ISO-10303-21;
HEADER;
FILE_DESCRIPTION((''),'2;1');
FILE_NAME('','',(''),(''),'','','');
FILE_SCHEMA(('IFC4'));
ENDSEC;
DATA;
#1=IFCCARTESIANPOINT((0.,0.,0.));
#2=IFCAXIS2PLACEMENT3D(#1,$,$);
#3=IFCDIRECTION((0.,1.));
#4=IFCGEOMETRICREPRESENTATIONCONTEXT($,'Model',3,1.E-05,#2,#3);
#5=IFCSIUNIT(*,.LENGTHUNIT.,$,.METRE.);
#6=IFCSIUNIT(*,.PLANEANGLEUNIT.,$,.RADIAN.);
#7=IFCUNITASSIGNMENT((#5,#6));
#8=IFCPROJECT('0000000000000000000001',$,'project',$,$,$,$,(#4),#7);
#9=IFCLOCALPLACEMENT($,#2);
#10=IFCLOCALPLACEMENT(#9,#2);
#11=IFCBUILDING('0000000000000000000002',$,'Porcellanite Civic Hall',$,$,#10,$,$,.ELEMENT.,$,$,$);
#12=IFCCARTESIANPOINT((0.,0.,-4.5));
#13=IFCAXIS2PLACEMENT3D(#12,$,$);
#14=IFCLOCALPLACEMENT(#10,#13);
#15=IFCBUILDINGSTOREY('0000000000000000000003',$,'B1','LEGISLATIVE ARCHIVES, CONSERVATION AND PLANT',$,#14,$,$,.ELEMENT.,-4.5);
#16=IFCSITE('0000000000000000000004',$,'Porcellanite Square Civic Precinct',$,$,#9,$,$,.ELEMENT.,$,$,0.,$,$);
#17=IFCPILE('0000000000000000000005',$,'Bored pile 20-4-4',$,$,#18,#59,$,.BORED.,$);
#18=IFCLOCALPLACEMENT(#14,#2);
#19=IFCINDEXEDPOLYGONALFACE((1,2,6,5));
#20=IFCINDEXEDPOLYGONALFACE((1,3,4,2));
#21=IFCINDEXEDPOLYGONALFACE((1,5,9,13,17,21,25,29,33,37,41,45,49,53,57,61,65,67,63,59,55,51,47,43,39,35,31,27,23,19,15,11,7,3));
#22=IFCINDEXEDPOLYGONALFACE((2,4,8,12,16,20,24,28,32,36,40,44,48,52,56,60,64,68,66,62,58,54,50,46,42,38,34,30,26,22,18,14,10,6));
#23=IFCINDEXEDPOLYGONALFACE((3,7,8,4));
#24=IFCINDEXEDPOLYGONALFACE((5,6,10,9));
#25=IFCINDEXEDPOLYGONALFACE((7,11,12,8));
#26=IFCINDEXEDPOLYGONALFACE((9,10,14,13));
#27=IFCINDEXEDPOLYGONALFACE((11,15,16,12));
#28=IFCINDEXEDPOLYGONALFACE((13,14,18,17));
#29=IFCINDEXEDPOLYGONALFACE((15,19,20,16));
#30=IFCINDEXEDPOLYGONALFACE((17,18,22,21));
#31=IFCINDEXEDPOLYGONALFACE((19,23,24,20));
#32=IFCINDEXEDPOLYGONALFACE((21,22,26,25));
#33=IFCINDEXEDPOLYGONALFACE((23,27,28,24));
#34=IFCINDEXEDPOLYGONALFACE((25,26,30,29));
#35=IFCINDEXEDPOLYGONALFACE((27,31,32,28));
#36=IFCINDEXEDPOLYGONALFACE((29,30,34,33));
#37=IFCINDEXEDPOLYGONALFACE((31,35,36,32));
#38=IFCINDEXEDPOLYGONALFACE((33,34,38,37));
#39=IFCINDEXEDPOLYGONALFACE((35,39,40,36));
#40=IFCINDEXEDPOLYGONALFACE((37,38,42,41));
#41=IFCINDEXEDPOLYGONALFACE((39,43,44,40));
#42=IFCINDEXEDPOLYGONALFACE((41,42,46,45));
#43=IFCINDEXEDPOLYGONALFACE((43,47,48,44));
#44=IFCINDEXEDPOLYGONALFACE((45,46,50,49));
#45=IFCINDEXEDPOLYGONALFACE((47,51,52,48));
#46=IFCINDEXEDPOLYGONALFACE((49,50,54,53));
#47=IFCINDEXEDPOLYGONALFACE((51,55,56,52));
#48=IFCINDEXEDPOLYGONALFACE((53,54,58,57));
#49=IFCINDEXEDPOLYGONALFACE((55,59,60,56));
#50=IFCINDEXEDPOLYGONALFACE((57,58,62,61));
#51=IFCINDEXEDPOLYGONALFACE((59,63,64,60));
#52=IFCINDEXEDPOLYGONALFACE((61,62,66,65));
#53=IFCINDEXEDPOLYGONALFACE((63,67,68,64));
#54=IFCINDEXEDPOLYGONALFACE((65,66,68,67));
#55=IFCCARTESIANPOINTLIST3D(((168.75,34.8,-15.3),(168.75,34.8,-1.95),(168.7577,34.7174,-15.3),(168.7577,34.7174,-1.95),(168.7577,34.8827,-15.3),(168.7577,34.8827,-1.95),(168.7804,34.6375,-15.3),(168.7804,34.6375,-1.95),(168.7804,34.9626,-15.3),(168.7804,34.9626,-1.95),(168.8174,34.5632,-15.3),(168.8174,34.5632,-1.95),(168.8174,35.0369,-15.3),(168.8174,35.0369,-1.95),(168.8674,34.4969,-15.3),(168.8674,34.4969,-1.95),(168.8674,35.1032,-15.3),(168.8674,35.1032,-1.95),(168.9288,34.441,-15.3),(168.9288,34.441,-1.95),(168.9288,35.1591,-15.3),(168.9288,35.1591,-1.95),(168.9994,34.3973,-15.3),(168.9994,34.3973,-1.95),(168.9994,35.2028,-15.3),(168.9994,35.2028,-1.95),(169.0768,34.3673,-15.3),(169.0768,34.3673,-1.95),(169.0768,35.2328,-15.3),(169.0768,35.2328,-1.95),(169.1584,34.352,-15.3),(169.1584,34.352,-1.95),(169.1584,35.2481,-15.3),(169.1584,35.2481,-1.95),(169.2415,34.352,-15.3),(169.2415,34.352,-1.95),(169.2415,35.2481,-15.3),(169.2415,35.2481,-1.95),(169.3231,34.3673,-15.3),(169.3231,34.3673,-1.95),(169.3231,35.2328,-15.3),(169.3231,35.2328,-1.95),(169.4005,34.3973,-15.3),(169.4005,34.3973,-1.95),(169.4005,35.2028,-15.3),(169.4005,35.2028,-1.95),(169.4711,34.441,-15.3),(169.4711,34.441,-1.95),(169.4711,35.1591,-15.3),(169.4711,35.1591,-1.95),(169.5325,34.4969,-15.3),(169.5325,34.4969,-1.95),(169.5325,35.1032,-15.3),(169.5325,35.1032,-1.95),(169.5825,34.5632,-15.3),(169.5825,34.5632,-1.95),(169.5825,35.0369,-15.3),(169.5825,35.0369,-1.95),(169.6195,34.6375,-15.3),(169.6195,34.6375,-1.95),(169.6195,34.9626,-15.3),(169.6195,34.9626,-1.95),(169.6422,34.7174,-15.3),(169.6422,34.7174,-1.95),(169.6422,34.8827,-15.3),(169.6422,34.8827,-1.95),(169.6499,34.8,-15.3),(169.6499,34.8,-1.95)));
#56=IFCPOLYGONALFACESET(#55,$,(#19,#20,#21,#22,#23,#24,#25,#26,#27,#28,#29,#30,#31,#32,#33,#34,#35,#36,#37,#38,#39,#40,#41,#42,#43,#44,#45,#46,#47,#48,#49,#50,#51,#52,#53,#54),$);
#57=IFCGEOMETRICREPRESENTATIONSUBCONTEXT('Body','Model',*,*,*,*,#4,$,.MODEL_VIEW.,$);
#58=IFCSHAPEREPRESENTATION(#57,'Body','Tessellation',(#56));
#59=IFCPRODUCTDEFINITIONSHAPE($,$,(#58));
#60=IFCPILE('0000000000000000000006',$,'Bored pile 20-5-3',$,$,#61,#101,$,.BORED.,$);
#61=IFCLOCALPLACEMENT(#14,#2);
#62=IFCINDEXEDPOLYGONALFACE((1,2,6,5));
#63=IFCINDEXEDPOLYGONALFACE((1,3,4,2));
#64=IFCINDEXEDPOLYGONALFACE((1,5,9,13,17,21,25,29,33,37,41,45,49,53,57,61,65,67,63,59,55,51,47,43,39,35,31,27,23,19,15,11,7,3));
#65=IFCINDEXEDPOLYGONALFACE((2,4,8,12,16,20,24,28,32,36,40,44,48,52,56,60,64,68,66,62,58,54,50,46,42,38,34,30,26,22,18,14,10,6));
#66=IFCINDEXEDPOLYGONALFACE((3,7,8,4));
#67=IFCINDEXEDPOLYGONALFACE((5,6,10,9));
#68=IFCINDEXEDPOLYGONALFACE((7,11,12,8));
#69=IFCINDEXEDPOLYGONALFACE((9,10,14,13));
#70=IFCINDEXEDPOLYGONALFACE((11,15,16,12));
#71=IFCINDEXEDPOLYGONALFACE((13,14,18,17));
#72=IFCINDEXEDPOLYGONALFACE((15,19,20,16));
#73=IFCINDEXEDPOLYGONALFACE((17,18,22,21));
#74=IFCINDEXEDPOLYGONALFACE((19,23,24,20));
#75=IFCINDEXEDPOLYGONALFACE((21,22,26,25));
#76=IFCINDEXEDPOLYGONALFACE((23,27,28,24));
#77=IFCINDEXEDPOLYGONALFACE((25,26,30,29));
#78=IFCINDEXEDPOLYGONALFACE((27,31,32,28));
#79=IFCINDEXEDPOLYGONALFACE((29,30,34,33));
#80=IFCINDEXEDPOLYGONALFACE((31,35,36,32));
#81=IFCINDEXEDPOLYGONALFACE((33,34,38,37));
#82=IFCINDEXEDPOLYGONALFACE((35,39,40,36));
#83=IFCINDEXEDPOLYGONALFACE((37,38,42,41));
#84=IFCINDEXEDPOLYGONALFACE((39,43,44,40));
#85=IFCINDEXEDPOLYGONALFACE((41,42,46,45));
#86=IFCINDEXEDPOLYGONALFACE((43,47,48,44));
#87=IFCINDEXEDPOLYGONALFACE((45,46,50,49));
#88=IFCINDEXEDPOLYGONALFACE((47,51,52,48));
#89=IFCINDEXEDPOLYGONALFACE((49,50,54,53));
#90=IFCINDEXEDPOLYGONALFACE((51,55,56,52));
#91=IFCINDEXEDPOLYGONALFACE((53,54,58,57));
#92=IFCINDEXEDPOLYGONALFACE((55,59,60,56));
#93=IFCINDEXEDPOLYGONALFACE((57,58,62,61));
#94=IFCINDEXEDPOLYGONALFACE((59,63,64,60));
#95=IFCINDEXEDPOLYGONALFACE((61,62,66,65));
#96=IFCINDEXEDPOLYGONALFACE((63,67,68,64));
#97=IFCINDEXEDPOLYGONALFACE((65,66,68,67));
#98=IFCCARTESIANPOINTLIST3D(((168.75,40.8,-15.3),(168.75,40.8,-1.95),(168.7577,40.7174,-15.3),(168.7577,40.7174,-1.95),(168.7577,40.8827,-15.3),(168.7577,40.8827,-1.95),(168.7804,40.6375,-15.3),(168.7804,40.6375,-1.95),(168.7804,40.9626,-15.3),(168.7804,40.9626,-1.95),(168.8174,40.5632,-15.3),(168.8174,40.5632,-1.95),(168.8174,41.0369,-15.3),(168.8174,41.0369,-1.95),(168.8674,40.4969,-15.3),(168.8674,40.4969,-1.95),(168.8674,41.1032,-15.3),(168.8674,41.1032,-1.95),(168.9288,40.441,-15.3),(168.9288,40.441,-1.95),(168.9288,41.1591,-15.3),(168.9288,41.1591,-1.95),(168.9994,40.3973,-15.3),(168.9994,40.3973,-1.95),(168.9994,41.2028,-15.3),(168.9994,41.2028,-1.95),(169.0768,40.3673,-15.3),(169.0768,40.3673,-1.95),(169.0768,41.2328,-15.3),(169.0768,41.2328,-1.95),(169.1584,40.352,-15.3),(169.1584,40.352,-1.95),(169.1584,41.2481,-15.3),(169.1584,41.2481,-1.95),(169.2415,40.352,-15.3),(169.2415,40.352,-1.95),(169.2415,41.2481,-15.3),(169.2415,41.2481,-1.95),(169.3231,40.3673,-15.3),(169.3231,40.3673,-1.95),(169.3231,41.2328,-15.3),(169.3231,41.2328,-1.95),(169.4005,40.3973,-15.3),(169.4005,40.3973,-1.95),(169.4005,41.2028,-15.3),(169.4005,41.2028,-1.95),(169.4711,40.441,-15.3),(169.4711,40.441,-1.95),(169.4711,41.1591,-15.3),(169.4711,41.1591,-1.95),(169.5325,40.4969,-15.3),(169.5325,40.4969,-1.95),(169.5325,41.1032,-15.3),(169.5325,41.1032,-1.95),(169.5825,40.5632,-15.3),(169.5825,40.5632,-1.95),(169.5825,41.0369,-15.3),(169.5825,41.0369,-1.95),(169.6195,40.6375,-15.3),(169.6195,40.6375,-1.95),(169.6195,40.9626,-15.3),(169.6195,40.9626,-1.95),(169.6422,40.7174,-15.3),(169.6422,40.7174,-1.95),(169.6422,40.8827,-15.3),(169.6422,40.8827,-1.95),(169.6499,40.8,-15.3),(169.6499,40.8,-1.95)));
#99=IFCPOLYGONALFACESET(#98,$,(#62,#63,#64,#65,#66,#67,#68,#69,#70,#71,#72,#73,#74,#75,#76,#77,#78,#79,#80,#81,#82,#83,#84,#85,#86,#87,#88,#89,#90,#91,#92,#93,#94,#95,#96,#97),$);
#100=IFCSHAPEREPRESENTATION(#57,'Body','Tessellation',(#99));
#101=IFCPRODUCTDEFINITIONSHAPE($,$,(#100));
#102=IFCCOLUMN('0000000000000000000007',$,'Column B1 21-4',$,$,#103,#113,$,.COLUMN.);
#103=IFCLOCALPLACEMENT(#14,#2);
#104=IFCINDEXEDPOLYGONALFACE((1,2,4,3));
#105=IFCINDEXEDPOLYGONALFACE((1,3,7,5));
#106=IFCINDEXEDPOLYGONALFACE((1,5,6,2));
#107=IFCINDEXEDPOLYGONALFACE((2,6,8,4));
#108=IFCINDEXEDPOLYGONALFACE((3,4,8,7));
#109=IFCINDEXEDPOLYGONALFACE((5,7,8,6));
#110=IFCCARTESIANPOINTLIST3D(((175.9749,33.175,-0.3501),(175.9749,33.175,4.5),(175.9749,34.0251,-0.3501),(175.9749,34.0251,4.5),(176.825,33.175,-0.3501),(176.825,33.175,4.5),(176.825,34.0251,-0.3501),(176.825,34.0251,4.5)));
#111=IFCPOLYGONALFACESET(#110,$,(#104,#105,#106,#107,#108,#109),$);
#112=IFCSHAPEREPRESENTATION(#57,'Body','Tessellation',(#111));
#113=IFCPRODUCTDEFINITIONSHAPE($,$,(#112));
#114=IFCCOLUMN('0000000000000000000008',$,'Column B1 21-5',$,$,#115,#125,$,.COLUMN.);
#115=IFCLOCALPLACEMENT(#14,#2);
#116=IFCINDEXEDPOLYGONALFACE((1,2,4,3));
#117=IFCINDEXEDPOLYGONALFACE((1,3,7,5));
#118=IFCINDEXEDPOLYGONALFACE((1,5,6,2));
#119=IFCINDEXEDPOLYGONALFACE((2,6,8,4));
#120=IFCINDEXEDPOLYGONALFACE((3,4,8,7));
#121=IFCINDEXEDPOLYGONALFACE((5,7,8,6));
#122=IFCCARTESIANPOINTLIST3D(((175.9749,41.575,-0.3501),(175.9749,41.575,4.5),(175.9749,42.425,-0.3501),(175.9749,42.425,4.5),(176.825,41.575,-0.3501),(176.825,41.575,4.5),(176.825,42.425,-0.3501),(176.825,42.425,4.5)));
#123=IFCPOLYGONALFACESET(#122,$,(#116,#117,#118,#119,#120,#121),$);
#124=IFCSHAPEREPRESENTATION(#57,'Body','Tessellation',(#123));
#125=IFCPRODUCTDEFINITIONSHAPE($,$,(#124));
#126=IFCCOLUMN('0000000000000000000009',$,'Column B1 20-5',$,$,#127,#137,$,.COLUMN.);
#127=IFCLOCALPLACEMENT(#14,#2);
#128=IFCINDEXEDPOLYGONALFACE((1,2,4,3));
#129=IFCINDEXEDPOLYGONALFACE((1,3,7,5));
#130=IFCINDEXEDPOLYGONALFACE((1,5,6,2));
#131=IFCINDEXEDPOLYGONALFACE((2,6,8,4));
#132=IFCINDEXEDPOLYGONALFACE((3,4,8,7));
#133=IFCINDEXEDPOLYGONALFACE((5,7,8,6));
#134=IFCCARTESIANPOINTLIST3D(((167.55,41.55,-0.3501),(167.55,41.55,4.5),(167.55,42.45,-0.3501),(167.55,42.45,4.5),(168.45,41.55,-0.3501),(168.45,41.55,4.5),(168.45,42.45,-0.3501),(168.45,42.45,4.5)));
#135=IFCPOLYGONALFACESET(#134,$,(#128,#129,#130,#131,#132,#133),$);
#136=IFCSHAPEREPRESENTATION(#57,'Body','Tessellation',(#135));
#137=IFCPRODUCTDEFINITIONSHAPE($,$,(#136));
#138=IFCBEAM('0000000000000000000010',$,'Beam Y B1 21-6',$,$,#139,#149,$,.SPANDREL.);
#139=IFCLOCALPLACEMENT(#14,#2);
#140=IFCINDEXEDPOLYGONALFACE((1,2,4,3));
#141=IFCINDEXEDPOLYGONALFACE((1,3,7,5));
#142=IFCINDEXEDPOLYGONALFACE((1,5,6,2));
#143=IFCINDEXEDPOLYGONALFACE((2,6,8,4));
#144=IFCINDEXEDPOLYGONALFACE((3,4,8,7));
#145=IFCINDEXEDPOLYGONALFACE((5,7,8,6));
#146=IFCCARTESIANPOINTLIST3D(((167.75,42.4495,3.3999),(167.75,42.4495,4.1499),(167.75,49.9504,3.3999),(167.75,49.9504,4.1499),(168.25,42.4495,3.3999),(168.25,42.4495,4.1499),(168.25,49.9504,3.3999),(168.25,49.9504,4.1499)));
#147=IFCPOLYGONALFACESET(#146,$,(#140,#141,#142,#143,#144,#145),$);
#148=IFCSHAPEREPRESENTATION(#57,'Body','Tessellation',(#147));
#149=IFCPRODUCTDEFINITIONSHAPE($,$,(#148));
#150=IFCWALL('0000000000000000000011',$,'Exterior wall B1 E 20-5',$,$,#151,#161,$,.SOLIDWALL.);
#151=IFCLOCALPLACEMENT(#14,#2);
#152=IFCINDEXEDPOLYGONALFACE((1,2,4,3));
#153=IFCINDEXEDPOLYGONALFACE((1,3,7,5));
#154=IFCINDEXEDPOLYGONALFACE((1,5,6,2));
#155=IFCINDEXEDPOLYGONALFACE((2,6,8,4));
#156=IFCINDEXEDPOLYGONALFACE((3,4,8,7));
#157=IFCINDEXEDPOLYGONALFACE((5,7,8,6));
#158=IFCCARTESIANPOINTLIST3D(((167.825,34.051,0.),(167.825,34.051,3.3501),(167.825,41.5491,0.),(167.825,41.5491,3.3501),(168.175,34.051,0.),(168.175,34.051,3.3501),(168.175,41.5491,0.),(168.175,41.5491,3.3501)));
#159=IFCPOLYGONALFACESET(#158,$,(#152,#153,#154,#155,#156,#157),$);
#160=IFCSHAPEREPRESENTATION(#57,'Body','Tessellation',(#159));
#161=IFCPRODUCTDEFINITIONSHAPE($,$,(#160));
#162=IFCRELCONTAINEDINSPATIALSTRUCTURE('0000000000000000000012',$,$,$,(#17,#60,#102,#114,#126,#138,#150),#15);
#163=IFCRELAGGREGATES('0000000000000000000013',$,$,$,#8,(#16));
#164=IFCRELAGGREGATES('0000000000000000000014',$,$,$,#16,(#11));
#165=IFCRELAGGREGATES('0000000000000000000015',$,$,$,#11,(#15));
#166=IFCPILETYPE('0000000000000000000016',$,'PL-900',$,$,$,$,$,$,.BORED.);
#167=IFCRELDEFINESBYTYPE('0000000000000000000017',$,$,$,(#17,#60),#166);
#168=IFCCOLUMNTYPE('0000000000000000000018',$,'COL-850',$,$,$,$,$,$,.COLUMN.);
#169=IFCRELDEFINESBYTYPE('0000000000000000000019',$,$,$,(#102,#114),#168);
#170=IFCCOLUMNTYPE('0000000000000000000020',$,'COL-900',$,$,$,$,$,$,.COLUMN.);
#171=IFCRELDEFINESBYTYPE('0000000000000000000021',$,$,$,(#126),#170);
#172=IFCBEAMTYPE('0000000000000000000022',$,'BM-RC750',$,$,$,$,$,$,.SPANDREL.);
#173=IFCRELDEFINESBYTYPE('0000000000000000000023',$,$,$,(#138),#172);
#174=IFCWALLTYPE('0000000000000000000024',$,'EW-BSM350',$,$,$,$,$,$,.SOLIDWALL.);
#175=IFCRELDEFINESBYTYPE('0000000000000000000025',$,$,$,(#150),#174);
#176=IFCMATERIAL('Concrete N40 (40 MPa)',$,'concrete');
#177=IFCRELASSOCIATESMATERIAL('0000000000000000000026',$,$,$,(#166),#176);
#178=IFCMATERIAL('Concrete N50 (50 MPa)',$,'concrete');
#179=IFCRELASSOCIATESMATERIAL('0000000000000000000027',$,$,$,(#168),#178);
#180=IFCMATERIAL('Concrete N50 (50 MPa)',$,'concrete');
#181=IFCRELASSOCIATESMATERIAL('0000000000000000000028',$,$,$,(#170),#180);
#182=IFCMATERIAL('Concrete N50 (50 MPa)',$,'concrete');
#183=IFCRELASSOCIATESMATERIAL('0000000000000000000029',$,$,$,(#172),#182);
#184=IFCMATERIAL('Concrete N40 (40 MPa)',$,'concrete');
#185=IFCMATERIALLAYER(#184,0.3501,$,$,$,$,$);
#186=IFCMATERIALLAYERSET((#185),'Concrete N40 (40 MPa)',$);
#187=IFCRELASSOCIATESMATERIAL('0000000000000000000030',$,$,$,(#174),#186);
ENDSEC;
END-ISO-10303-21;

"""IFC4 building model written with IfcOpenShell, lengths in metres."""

from ifc_helpers import new_model, si_unit, direction, frame, frame_2d, origin, origin_2d, place, context, subcontext, project, spatial, rectangle, circle, extrude, material, layer, layer_set, material_profile, profile_set, type_object, element, save


model = new_model("IFC4")

# Units and contexts
model_context = context("Model", 3, precision=1e-05, world=origin(), true_north=direction((0.0, 1.0)))
body_context = subcontext(model_context, "Body", "Model", "MODEL_VIEW")
ifc_project = project(units=[si_unit("LENGTHUNIT", "METRE"), si_unit("PLANEANGLEUNIT", "RADIAN")], contexts=[model_context])

# Site, building, storey
site_placement = place(None, origin())
site = spatial("IfcSite", under=ifc_project, at=site_placement, Name="Porcellanite Square Civic Precinct", CompositionType="ELEMENT", RefElevation=0.0)
building_placement = place(site_placement, origin())
building = spatial("IfcBuilding", under=site, at=building_placement, Name="Porcellanite Civic Hall", CompositionType="ELEMENT")
storey_placement = place(building_placement, frame((0.0, 0.0, -4.5)))
storey = spatial("IfcBuildingStorey", under=building, at=storey_placement, Name="B1", Description="LEGISLATIVE ARCHIVES, CONSERVATION AND PLANT", CompositionType="ELEMENT", Elevation=-4.5)

# Piles
ifc_material_1 = material(Name="Concrete N40 (40 MPa)", Category="concrete")
ifc_material_profile_1 = material_profile(ifc_material_1, circle(Radius=0.45, at=origin_2d()), Name="PILE-D900")
ifc_profile_set_1 = profile_set([ifc_material_profile_1], Name="Concrete N40 (40 MPa)")
pile_type_1 = type_object("IfcPileType", Name="PL-900", PredefinedType="BORED", material=ifc_profile_set_1)
for number, where, z_axis, x_axis, name in (
    (1, (169.2, 34.8, -1.95), (0.0, 0.0, -1.0), (1.0, 0.0, 0.0), "Bored pile 20-4-4"),
    (2, (169.2, 40.8, -1.95), (0.0, 0.0, -1.0), (1.0, 0.0, 0.0), "Bored pile 20-5-3"),
):
    element("IfcPile", number, at=place(storey_placement, frame(where, z_axis=z_axis, x_axis=x_axis)), inside=storey, type_object=pile_type_1, Name=name, PredefinedType="BORED", context=body_context, shape_type="SweptSolid", body=[
        extrude(circle(Radius=0.45, at=origin_2d()), origin(), (0.0, 0.0, 1.0), 13.3501),
    ])

# Columns
ifc_material_2 = material(Name="Concrete N50 (50 MPa)", Category="concrete")
ifc_material_profile_2 = material_profile(ifc_material_2, rectangle(XDim=0.8501, YDim=0.8501, at=origin_2d()), Name="RC-850x850")
ifc_profile_set_2 = profile_set([ifc_material_profile_2], Name="Concrete N50 (50 MPa)")
column_type_1 = type_object("IfcColumnType", Name="COL-850", PredefinedType="COLUMN", material=ifc_profile_set_2)
for number, where, z_axis, x_axis, name in (
    (3, (176.3999, 33.6001, -0.3501), (0.0, 0.0, 1.0), (1.0, 0.0, 0.0), "Column B1 21-4"),
    (4, (176.3999, 42.0, -0.3501), (0.0, 0.0, 1.0), (1.0, 0.0, 0.0), "Column B1 21-5"),
):
    element("IfcColumn", number, at=place(storey_placement, frame(where, z_axis=z_axis, x_axis=x_axis)), inside=storey, type_object=column_type_1, Name=name, PredefinedType="COLUMN", context=body_context, shape_type="SweptSolid", body=[
        extrude(rectangle(XDim=0.8501, YDim=0.8501, at=origin_2d()), origin(), (0.0, 0.0, 1.0), 4.8501),
    ])
ifc_material_3 = material(Name="Concrete N50 (50 MPa)", Category="concrete")
ifc_material_profile_3 = material_profile(ifc_material_3, rectangle(XDim=0.8999, YDim=0.8999, at=origin_2d()), Name="RC-900x900")
ifc_profile_set_3 = profile_set([ifc_material_profile_3], Name="Concrete N50 (50 MPa)")
column_type_2 = type_object("IfcColumnType", Name="COL-900", PredefinedType="COLUMN", material=ifc_profile_set_3)
column_placement = place(storey_placement, frame((168.0, 42.0, -0.3501), z_axis=(0.0, 0.0, 1.0), x_axis=(1.0, 0.0, 0.0)))
element("IfcColumn", 5, at=column_placement, inside=storey, type_object=column_type_2, Name="Column B1 20-5", PredefinedType="COLUMN", context=body_context, shape_type="SweptSolid", body=[
    extrude(rectangle(XDim=0.8999, YDim=0.8999, at=origin_2d()), origin(), (0.0, 0.0, 1.0), 4.8501),
])

# Beam
ifc_material_4 = material(Name="Concrete N50 (50 MPa)", Category="concrete")
ifc_material_profile_4 = material_profile(ifc_material_4, rectangle(XDim=0.5, YDim=0.75, at=origin_2d()), Name="RC-500x750")
ifc_profile_set_4 = profile_set([ifc_material_profile_4], Name="Concrete N50 (50 MPa)")
beam_type = type_object("IfcBeamType", Name="BM-RC750", PredefinedType="SPANDREL", material=ifc_profile_set_4)
beam_placement = place(storey_placement, frame((168.0, 42.4495, 3.7749), z_axis=(0.0, 1.0, 0.0), x_axis=(-1.0, 0.0, 0.0)))
element("IfcBeam", 6, at=beam_placement, inside=storey, type_object=beam_type, Name="Beam Y B1 21-6", PredefinedType="SPANDREL", context=body_context, shape_type="SweptSolid", body=[
    extrude(rectangle(XDim=0.5, YDim=0.75, at=origin_2d()), origin(), (0.0, 0.0, 1.0), 7.501),
])

# Wall
ifc_material_5 = material(Name="Concrete N40 (40 MPa)", Category="concrete")
ifc_layer = layer(ifc_material_5, 0.3501)
ifc_layer_set = layer_set([ifc_layer], Name="Concrete N40 (40 MPa)")
wall_type = type_object("IfcWallType", Name="EW-BSM350", PredefinedType="SOLIDWALL", material=ifc_layer_set)
wall_placement = place(storey_placement, frame((168.0, 41.5491, 0.0), z_axis=(0.0, 0.0, 1.0), x_axis=(0.0, -1.0, 0.0)))
element("IfcWall", 7, at=wall_placement, inside=storey, type_object=wall_type, Name="Exterior wall B1 E 20-5", PredefinedType="SOLIDWALL", context=body_context, shape_type="SweptSolid", body=[
    extrude(rectangle(XDim=7.498, YDim=0.3501, at=frame_2d((3.749, 0.0))), origin(), (0.0, 0.0, 1.0), 3.3501),
])

save(model, "model.ifc")
